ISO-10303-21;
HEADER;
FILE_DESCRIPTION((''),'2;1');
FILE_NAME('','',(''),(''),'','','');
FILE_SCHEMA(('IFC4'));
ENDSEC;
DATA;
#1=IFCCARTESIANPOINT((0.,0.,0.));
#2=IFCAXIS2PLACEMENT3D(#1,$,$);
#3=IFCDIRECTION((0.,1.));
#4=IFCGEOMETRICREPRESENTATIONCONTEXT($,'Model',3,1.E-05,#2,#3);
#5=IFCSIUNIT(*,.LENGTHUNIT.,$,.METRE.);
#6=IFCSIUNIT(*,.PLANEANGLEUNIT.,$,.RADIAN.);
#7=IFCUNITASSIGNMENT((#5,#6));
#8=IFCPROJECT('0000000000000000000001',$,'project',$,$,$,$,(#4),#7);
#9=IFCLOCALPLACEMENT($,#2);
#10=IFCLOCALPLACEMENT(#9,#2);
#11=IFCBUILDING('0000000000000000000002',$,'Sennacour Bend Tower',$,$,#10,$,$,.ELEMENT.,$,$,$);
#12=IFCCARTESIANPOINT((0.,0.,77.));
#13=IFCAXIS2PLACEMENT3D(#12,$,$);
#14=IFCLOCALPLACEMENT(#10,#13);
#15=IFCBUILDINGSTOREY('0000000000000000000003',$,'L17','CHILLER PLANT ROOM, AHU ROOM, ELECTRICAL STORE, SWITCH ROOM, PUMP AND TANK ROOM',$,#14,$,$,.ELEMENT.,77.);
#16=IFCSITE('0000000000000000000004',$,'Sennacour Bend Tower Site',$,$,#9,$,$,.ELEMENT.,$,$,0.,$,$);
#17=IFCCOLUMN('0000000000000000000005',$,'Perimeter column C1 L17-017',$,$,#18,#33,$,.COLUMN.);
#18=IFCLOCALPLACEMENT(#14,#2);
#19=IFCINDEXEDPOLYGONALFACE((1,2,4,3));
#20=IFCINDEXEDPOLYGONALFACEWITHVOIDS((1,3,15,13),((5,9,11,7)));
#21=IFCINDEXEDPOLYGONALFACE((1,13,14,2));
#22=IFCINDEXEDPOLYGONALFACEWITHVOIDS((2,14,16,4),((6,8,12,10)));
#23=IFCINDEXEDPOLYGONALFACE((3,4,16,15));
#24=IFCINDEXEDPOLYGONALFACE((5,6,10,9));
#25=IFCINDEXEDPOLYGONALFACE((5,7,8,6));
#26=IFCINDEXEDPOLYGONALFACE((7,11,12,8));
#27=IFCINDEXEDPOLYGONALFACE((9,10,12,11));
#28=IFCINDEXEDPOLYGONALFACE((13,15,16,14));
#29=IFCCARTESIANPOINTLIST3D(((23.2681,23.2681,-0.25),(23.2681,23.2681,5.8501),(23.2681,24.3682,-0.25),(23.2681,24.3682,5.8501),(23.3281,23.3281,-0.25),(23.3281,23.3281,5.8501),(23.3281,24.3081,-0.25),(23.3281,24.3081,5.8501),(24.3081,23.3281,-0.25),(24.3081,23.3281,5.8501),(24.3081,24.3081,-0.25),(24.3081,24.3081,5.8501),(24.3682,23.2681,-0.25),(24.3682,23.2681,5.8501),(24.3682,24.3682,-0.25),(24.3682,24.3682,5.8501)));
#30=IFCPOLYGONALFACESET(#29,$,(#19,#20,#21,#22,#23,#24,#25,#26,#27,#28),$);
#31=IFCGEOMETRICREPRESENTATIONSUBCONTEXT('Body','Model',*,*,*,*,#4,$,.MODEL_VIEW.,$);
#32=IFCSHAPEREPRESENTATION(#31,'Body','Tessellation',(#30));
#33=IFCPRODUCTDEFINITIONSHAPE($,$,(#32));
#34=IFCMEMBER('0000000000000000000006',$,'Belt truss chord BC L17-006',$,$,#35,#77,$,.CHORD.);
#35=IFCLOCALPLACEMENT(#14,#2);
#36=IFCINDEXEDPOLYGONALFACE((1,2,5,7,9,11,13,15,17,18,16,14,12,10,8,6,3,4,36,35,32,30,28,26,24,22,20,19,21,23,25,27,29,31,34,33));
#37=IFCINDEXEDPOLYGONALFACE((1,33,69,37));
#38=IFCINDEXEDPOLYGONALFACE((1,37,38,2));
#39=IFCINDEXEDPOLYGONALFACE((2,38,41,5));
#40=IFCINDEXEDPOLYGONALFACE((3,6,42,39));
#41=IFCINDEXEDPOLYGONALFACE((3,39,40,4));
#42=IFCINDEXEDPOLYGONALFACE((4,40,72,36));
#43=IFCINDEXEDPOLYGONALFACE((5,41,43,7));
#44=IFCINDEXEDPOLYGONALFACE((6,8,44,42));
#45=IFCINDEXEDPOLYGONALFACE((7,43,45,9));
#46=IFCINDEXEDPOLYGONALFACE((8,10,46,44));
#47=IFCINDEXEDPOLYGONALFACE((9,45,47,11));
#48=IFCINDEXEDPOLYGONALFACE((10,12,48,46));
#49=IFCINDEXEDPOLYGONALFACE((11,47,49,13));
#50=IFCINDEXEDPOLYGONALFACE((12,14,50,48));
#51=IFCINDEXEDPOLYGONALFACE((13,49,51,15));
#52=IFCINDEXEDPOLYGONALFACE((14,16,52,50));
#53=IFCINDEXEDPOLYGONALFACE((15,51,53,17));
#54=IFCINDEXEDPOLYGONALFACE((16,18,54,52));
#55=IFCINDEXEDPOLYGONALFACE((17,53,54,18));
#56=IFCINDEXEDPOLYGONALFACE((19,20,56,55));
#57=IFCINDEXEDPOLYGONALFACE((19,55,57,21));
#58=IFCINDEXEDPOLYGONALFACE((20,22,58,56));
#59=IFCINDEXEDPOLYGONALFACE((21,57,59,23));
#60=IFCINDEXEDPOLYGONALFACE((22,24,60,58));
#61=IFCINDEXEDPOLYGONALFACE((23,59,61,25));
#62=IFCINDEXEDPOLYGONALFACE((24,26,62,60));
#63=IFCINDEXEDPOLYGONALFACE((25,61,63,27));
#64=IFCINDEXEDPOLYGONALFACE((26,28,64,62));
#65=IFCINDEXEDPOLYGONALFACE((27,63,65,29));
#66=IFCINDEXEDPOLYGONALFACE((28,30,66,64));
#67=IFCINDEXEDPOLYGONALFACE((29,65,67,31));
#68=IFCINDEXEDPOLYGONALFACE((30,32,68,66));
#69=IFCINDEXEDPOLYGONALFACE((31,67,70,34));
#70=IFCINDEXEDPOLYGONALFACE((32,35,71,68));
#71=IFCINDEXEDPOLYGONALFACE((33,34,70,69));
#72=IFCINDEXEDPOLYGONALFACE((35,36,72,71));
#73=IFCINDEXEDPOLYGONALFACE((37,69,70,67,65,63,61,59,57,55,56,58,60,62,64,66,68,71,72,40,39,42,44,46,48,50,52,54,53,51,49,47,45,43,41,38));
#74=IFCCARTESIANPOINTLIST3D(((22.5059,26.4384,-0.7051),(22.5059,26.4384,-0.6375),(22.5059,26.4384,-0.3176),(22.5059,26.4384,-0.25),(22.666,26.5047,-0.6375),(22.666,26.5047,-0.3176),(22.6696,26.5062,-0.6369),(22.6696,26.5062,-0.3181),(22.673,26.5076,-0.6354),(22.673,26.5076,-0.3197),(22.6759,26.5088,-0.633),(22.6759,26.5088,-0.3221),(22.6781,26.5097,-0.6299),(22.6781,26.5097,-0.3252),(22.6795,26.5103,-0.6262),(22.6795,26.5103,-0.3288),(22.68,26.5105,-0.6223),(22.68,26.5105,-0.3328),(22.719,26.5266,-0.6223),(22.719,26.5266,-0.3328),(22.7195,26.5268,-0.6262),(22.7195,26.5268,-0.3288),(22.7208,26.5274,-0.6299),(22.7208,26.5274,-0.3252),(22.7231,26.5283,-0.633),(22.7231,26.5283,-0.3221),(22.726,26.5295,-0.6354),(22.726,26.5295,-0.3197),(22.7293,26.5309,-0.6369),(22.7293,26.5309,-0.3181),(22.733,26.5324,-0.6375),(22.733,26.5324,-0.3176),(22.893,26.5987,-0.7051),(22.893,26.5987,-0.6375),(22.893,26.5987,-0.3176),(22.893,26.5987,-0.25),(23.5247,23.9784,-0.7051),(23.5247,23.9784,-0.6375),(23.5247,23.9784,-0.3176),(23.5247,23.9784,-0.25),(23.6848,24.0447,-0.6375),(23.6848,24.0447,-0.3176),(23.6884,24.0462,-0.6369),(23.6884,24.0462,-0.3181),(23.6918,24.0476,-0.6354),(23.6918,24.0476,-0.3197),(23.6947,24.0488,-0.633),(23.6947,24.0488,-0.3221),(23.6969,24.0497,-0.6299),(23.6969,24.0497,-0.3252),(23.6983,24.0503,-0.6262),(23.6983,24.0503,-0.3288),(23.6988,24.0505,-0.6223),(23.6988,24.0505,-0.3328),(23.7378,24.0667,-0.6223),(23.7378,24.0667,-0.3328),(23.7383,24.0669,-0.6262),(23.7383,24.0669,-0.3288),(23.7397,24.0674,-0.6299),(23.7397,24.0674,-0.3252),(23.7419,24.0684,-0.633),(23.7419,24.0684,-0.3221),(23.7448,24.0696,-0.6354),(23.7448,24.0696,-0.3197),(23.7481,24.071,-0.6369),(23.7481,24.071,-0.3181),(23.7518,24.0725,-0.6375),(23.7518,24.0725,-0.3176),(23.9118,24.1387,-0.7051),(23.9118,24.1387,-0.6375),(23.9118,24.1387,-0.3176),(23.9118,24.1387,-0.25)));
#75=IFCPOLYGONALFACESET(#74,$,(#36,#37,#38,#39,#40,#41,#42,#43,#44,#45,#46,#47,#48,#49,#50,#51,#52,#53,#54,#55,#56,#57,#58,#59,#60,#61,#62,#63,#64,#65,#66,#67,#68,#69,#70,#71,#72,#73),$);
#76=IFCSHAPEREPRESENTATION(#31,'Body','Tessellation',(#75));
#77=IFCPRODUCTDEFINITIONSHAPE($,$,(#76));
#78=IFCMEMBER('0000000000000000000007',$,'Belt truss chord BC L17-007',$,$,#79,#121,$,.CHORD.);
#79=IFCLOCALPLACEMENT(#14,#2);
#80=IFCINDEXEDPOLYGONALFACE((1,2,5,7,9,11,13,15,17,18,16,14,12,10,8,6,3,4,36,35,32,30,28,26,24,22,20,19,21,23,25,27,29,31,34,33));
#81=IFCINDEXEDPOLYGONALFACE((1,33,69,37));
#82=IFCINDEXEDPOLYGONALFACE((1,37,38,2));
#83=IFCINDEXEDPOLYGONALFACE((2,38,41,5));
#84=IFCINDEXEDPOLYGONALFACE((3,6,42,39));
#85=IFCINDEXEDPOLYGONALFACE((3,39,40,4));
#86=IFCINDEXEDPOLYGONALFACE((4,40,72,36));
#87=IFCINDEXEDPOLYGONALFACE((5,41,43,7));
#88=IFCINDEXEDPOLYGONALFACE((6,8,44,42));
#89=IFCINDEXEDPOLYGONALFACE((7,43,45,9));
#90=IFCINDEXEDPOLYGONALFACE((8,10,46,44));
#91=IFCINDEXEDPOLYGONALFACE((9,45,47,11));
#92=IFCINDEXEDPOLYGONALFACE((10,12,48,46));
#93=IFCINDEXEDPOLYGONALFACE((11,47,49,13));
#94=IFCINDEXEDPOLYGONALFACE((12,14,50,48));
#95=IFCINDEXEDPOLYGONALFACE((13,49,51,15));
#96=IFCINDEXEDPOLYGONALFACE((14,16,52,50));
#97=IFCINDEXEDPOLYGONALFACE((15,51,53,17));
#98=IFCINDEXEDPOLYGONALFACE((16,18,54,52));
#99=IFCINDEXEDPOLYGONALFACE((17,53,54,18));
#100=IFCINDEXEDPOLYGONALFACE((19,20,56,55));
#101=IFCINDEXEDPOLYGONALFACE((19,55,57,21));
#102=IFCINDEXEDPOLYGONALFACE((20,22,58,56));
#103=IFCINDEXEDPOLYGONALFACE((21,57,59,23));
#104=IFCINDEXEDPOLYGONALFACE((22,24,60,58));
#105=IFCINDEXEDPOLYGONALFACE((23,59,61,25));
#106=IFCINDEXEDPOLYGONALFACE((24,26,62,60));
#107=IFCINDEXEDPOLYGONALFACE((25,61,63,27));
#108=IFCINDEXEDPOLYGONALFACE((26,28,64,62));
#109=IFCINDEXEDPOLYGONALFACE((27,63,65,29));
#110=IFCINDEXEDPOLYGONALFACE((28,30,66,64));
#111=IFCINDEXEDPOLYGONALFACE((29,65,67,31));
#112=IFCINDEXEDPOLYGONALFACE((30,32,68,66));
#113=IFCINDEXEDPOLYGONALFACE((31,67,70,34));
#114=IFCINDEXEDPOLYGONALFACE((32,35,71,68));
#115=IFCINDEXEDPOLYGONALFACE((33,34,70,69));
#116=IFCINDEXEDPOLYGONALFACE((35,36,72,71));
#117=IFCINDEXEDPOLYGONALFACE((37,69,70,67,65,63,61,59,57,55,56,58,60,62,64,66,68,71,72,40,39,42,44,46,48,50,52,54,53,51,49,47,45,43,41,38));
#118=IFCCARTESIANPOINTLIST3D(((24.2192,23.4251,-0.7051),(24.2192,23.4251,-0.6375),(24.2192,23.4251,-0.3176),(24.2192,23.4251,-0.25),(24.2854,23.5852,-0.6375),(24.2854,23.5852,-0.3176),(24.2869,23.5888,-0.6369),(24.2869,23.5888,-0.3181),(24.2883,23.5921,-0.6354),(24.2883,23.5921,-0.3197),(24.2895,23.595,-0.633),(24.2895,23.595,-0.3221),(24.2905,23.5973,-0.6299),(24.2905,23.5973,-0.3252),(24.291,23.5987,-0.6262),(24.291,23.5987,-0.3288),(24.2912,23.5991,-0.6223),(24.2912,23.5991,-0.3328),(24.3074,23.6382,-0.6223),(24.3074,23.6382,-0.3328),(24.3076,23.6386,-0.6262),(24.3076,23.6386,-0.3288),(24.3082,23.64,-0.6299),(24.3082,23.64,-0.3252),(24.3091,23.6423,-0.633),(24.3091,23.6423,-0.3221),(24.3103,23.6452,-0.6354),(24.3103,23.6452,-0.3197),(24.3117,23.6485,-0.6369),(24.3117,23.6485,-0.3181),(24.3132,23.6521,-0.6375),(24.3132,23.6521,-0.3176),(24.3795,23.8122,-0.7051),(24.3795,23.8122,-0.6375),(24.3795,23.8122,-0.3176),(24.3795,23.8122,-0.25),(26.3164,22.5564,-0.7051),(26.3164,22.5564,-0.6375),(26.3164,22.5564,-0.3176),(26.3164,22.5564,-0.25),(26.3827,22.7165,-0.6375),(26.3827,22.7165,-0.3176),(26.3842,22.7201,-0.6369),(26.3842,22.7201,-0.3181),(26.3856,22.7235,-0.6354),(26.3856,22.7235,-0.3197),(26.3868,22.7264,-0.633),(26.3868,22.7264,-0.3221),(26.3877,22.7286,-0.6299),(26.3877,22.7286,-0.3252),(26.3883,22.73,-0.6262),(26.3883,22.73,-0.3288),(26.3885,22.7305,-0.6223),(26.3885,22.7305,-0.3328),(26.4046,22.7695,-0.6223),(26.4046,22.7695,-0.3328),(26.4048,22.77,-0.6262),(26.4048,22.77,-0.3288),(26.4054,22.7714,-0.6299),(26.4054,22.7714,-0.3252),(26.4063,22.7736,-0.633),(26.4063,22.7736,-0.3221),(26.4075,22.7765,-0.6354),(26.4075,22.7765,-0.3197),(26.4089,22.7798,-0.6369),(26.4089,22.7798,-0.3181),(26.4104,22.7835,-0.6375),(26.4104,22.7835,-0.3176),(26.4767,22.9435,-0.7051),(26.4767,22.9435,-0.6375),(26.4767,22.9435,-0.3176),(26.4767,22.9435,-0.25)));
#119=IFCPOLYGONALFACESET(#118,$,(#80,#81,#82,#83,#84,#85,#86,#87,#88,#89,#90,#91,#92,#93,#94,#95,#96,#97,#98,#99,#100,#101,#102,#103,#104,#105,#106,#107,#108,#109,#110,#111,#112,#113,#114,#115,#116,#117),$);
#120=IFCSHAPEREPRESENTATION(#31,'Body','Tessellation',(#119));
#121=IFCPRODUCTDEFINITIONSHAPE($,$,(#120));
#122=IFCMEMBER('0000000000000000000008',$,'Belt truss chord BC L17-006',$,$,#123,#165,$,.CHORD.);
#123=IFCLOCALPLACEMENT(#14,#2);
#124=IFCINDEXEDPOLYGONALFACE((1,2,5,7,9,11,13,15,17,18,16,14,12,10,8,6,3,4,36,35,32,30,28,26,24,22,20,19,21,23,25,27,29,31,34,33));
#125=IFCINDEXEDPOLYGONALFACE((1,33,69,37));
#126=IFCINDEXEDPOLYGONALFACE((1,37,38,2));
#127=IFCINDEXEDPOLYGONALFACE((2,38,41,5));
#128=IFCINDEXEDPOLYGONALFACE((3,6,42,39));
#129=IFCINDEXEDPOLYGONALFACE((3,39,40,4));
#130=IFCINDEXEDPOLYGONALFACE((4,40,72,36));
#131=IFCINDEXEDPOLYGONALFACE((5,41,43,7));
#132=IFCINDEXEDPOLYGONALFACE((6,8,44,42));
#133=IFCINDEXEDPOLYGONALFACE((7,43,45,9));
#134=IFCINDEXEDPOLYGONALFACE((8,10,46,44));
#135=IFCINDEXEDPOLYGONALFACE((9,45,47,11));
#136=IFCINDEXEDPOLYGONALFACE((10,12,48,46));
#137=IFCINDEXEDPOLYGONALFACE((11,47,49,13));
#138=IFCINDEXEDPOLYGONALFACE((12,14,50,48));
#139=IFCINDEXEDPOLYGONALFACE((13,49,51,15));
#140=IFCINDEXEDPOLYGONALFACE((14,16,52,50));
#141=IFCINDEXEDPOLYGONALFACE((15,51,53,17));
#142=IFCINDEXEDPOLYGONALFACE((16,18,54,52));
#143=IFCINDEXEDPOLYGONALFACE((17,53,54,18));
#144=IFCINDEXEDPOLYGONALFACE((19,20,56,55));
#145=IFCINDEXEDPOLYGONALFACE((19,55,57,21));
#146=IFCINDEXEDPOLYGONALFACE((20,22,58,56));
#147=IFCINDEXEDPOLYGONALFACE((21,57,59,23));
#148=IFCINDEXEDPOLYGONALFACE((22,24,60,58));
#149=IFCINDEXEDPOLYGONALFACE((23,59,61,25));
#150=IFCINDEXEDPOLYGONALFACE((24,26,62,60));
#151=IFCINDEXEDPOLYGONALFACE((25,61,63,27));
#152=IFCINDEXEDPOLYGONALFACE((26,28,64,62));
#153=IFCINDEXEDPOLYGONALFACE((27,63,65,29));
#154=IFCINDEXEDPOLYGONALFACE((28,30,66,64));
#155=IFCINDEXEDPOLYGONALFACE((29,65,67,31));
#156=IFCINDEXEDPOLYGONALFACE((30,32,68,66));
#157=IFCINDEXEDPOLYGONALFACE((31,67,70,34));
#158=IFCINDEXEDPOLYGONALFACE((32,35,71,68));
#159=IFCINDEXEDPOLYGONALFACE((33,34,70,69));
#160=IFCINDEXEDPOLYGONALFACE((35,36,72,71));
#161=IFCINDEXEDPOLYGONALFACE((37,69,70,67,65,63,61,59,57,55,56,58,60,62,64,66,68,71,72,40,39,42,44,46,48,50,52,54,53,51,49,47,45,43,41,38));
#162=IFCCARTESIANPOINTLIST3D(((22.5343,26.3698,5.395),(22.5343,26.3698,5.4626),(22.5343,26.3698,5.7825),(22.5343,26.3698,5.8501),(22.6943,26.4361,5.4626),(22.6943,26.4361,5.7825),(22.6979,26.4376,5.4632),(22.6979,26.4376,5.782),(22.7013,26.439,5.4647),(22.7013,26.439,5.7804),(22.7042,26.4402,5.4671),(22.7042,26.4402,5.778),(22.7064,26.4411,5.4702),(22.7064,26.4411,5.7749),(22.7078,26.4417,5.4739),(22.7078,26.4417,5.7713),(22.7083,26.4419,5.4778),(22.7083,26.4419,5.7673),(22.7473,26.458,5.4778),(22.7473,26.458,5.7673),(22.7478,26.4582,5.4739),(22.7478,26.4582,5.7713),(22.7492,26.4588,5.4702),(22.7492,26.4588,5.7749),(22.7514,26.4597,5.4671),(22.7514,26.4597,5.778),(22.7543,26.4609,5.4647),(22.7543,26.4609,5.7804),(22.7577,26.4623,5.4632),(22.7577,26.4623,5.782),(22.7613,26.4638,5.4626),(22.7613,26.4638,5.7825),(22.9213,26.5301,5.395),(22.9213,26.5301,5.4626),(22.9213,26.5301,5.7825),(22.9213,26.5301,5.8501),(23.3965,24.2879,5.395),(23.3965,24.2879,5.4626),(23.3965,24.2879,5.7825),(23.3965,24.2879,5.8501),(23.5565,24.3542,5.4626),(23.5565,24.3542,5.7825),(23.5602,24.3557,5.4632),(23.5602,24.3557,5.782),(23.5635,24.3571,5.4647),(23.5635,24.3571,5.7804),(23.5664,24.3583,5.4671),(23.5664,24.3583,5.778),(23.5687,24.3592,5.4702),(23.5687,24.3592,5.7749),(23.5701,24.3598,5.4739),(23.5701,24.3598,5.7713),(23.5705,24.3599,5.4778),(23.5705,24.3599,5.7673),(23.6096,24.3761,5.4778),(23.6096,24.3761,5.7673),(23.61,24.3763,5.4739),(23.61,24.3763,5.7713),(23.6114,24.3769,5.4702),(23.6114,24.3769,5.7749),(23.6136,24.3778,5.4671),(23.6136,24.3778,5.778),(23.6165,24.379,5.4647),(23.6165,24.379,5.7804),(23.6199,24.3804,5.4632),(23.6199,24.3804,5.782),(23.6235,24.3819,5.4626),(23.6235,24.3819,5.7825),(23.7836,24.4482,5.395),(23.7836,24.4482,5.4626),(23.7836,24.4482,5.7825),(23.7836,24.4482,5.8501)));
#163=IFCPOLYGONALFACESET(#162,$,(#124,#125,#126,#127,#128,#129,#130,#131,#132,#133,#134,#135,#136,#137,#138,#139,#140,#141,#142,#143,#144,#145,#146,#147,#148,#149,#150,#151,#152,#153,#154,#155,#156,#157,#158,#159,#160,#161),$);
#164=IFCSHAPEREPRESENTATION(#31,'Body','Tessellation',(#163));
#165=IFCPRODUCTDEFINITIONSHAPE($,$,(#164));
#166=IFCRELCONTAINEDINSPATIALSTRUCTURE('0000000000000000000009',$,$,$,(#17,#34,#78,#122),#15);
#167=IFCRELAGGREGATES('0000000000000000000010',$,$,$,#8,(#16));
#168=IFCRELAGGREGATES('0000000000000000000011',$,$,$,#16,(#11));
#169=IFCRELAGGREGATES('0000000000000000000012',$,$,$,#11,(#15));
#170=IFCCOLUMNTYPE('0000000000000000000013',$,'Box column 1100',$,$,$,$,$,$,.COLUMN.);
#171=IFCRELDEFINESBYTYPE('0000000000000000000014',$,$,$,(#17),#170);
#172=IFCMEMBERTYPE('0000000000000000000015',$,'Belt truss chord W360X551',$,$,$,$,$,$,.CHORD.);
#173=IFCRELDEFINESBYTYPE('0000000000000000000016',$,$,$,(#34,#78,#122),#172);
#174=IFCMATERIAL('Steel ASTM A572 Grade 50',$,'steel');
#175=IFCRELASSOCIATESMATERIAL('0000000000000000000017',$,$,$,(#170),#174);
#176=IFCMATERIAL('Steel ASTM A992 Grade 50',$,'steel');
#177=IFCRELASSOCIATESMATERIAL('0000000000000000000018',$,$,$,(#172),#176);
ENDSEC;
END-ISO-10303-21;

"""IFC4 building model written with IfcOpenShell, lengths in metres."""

from ifc_helpers import new_model, si_unit, direction, frame, origin, origin_2d, place, context, subcontext, project, spatial, hollow_rectangle, i_section, extrude, material, material_profile, profile_set, type_object, element, save


model = new_model("IFC4")

# Units and contexts
model_context = context("Model", 3, precision=1e-05, world=origin(), true_north=direction((0.0, 1.0)))
body_context = subcontext(model_context, "Body", "Model", "MODEL_VIEW")
ifc_project = project(units=[si_unit("LENGTHUNIT", "METRE"), si_unit("PLANEANGLEUNIT", "RADIAN")], contexts=[model_context])

# Site, building, storey
site_placement = place(None, origin())
site = spatial("IfcSite", under=ifc_project, at=site_placement, Name="Sennacour Bend Tower Site", CompositionType="ELEMENT", RefElevation=0.0)
building_placement = place(site_placement, origin())
building = spatial("IfcBuilding", under=site, at=building_placement, Name="Sennacour Bend Tower", CompositionType="ELEMENT")
storey_placement = place(building_placement, frame((0.0, 0.0, 77.0)))
storey = spatial("IfcBuildingStorey", under=building, at=storey_placement, Name="L17", Description="CHILLER PLANT ROOM, AHU ROOM, ELECTRICAL STORE, SWITCH ROOM, PUMP AND TANK ROOM", CompositionType="ELEMENT", Elevation=77.0)

# Column
ifc_material_1 = material(Name="Steel ASTM A572 Grade 50", Category="steel")
ifc_material_profile_1 = material_profile(ifc_material_1, hollow_rectangle(XDim=1.1001, YDim=1.1001, WallThickness=0.0601, at=origin_2d()), Name="Steel ASTM A572 Grade 50", Category="steel")
ifc_profile_set_1 = profile_set([ifc_material_profile_1], Name="Steel ASTM A572 Grade 50")
column_type = type_object("IfcColumnType", Name="Box column 1100", PredefinedType="COLUMN", material=ifc_profile_set_1)
column_placement = place(storey_placement, frame((23.8181, 23.8181, -0.25), z_axis=(0.0, 0.0, 1.0), x_axis=(1.0, 0.0, 0.0)))
element("IfcColumn", 1, at=column_placement, inside=storey, type_object=column_type, Name="Perimeter column C1 L17-017", PredefinedType="COLUMN", context=body_context, shape_type="SweptSolid", body=[
    extrude(hollow_rectangle(XDim=1.1001, YDim=1.1001, WallThickness=0.0601, at=origin_2d()), origin(), (0.0, 0.0, 1.0), 6.1001),
])

# Members
ifc_material_2 = material(Name="Steel ASTM A992 Grade 50", Category="steel")
ifc_material_profile_2 = material_profile(ifc_material_2, i_section(OverallWidth=0.4189, OverallDepth=0.4551, WebThickness=0.0422, FlangeThickness=0.0676, FilletRadius=0.0151, at=origin_2d()), Name="Steel ASTM A992 Grade 50", Category="steel")
ifc_profile_set_2 = profile_set([ifc_material_profile_2], Name="Steel ASTM A992 Grade 50")
member_type_1 = type_object("IfcMemberType", Name="Belt truss chord W360X551", PredefinedType="CHORD", material=ifc_profile_set_2)
member_1_placement = place(storey_placement, frame((22.6995, 26.5186, -0.4775), z_axis=(0.382635, -0.923899, 0.0), x_axis=(0.923899, 0.382635, 0.0)))
element("IfcMember", 2, at=member_1_placement, inside=storey, type_object=member_type_1, Name="Belt truss chord BC L17-006", PredefinedType="CHORD", context=body_context, shape_type="SweptSolid", body=[
    extrude(i_section(OverallWidth=0.4189, OverallDepth=0.4551, WebThickness=0.0422, FlangeThickness=0.0676, FilletRadius=0.0151, at=origin_2d()), origin(), (0.0, 0.0, 1.0), 2.6626),
])
member_2_placement = place(storey_placement, frame((24.2993, 23.6187, -0.4775), z_axis=(0.923883, -0.382675, 0.0), x_axis=(0.382675, 0.923883, 0.0)))
element("IfcMember", 3, at=member_2_placement, inside=storey, type_object=member_type_1, Name="Belt truss chord BC L17-007", PredefinedType="CHORD", context=body_context, shape_type="SweptSolid", body=[
    extrude(i_section(OverallWidth=0.4189, OverallDepth=0.4551, WebThickness=0.0422, FlangeThickness=0.0676, FilletRadius=0.0151, at=origin_2d()), origin(), (0.0, 0.0, 1.0), 2.27),
])
for number, where, z_axis, x_axis, name in (
    (4, (22.7278, 26.45, 5.6226), (0.382645, -0.923895, 0.0), (0.923895, 0.382645, 0.0), "Belt truss chord BC L17-006"),
):
    element("IfcMember", number, at=place(storey_placement, frame(where, z_axis=z_axis, x_axis=x_axis)), inside=storey, type_object=member_type_1, Name=name, PredefinedType="CHORD", context=body_context, shape_type="SweptSolid", body=[
        extrude(i_section(OverallWidth=0.4189, OverallDepth=0.4551, WebThickness=0.0422, FlangeThickness=0.0676, FilletRadius=0.0151, at=origin_2d()), origin(), (0.0, 0.0, 1.0), 2.2534),
    ])

save(model, "model.ifc")
